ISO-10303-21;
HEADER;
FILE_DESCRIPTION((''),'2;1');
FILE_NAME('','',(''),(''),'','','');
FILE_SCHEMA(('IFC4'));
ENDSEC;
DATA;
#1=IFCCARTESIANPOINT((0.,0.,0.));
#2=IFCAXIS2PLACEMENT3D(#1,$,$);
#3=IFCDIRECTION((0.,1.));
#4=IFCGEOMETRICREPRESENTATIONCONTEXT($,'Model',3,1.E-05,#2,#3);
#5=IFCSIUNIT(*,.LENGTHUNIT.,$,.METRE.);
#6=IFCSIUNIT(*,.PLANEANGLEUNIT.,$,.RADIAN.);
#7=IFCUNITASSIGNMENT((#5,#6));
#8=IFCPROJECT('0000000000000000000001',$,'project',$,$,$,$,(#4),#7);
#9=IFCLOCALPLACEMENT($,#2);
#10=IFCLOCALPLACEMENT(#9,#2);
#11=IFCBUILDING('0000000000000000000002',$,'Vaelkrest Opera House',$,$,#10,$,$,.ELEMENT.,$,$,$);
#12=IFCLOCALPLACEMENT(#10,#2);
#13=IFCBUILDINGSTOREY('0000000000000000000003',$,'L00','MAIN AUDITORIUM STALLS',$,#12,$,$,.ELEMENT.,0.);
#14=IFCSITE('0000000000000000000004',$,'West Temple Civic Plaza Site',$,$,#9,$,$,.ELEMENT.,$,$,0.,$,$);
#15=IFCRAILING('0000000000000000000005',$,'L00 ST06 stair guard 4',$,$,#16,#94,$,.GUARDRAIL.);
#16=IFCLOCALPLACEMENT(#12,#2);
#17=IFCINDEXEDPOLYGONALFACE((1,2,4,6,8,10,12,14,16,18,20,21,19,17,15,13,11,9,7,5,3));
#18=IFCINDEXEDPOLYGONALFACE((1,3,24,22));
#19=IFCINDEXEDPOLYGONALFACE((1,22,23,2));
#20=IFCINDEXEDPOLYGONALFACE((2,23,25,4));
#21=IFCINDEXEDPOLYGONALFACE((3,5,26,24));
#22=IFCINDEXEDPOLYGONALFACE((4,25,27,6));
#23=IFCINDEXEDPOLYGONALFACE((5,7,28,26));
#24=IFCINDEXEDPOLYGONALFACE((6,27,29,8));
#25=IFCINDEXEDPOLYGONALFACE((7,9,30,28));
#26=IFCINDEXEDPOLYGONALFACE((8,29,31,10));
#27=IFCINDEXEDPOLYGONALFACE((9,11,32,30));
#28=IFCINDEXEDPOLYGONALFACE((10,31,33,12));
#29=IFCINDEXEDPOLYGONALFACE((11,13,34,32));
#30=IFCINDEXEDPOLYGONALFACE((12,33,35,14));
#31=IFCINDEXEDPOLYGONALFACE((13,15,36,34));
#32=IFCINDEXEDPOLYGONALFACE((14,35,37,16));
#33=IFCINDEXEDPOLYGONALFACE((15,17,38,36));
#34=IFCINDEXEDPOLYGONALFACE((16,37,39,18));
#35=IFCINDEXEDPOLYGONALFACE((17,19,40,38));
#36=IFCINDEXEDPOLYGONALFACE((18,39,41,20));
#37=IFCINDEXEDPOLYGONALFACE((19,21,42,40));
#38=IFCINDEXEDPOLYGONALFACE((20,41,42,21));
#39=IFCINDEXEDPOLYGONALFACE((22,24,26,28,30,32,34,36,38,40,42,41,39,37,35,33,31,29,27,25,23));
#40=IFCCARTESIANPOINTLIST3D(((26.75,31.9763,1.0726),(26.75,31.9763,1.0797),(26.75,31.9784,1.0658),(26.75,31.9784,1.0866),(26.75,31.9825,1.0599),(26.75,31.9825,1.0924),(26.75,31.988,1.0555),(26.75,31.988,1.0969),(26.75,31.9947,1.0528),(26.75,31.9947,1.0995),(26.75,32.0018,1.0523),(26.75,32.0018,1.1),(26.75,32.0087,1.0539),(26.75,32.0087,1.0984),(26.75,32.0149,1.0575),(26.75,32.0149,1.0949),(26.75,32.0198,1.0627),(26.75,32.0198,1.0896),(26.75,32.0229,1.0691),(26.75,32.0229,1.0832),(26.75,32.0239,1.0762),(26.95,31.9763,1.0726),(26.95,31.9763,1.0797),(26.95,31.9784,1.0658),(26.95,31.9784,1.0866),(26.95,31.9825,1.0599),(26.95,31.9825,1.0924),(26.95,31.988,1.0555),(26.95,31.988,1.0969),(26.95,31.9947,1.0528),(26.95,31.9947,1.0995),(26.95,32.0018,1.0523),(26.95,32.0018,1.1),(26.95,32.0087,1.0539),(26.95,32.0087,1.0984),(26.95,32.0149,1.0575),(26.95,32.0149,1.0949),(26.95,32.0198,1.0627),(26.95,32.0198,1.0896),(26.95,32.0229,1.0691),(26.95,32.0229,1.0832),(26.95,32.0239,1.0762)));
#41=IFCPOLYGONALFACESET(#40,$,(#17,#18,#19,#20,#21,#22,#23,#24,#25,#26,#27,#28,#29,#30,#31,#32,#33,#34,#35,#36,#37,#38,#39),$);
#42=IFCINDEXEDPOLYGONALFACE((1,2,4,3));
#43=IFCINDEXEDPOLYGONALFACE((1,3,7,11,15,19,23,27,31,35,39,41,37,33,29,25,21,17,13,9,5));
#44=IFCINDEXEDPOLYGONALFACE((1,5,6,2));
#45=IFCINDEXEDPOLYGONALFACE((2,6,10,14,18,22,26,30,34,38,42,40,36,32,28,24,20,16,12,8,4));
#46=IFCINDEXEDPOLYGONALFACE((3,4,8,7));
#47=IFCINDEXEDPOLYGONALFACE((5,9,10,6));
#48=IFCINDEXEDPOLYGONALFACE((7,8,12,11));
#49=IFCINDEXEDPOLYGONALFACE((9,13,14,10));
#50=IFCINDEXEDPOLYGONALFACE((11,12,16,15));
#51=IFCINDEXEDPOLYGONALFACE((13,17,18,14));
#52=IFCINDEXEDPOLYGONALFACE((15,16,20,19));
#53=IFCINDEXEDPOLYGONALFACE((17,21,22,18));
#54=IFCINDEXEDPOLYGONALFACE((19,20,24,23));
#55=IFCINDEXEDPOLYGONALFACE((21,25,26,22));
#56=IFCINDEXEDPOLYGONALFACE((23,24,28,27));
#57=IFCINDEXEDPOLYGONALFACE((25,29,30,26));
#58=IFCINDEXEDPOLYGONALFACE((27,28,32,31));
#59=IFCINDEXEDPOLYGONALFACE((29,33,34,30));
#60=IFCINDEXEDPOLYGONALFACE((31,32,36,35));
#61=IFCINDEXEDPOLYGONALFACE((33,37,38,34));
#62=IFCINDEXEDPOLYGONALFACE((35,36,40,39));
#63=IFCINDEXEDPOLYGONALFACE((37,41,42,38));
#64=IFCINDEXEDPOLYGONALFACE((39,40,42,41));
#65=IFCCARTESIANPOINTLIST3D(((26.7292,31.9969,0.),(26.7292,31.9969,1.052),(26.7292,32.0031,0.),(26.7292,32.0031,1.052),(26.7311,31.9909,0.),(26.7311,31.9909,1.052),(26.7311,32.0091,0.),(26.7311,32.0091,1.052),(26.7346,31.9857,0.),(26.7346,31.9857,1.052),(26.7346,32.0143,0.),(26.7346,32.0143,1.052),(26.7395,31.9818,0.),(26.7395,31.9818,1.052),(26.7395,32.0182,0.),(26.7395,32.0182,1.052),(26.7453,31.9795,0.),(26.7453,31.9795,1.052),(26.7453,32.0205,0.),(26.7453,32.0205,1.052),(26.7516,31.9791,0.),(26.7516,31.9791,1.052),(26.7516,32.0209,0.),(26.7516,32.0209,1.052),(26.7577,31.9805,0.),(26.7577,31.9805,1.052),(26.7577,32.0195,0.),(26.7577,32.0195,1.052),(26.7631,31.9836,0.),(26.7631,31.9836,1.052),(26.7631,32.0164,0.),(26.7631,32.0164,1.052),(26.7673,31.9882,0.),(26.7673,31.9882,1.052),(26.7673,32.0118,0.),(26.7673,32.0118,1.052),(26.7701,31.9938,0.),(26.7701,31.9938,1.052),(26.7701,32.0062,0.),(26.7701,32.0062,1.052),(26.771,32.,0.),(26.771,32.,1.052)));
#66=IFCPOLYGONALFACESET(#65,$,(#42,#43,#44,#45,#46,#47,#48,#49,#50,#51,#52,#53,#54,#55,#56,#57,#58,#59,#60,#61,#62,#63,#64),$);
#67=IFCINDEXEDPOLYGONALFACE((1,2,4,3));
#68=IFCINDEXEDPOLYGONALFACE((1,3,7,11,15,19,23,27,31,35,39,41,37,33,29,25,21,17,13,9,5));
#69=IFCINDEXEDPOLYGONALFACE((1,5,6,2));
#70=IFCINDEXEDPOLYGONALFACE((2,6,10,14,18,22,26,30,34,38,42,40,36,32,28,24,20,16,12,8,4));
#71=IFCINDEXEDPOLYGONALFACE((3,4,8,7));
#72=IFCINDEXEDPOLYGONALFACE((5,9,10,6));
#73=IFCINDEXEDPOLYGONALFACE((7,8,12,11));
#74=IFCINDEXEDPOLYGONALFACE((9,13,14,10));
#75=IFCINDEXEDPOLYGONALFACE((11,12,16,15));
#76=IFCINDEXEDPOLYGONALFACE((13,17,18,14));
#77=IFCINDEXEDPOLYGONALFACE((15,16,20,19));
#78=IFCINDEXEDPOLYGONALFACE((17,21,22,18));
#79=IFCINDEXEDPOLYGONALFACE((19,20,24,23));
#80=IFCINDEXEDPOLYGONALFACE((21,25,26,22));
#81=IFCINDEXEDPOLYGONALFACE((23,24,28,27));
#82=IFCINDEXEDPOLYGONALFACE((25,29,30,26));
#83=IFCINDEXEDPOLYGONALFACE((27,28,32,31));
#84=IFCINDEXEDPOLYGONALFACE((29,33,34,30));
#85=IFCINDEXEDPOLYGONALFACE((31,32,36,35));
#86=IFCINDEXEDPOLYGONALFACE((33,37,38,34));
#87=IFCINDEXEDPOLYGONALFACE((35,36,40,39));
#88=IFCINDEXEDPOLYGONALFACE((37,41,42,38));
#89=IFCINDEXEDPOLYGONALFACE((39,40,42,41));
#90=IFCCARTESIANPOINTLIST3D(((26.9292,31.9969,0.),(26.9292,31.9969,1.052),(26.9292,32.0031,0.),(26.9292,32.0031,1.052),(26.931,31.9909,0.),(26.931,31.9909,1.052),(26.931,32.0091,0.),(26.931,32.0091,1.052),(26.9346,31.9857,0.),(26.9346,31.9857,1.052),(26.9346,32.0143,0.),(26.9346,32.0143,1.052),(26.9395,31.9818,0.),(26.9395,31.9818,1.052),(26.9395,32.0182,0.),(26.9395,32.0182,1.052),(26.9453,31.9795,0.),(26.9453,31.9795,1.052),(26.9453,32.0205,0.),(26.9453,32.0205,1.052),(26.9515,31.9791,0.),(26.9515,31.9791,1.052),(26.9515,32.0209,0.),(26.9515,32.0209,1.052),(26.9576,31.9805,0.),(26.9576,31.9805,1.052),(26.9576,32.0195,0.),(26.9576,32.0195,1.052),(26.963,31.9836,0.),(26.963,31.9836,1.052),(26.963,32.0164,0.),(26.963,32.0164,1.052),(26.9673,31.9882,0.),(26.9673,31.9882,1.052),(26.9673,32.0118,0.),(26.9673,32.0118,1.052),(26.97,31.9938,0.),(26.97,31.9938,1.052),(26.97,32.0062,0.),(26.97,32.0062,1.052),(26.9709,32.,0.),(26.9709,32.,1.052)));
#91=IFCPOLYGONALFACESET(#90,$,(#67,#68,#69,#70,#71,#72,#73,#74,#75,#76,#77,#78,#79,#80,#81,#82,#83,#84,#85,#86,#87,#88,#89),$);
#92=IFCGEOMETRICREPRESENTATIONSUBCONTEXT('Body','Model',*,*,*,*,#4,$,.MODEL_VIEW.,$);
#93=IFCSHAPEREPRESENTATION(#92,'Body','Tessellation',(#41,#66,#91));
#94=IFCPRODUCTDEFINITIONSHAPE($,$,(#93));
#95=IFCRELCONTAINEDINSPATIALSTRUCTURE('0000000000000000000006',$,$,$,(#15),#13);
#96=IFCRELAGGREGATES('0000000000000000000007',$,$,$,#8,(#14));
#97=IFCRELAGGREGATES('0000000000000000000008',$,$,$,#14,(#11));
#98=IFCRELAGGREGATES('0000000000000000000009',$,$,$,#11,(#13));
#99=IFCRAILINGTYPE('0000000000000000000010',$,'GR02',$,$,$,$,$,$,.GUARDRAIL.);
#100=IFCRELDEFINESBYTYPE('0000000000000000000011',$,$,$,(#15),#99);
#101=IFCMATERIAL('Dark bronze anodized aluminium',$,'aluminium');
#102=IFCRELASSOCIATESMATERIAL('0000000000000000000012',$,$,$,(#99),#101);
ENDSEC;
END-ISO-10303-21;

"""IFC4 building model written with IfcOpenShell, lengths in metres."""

from ifc_helpers import new_model, si_unit, direction, frame, origin, origin_2d, place, context, subcontext, project, spatial, circle, extrude, material, type_object, element, save


model = new_model("IFC4")

# Units and contexts
model_context = context("Model", 3, precision=1e-05, world=origin(), true_north=direction((0.0, 1.0)))
body_context = subcontext(model_context, "Body", "Model", "MODEL_VIEW")
ifc_project = project(units=[si_unit("LENGTHUNIT", "METRE"), si_unit("PLANEANGLEUNIT", "RADIAN")], contexts=[model_context])

# Site, building, storey
site_placement = place(None, origin())
site = spatial("IfcSite", under=ifc_project, at=site_placement, Name="West Temple Civic Plaza Site", CompositionType="ELEMENT", RefElevation=0.0)
building_placement = place(site_placement, origin())
building = spatial("IfcBuilding", under=site, at=building_placement, Name="Vaelkrest Opera House", CompositionType="ELEMENT")
storey_placement = place(building_placement, origin())
storey = spatial("IfcBuildingStorey", under=building, at=storey_placement, Name="L00", Description="MAIN AUDITORIUM STALLS", CompositionType="ELEMENT", Elevation=0.0)

# Railing
ifc_material_1 = material(Name="Dark bronze anodized aluminium", Category="aluminium")
railing_type_1 = type_object("IfcRailingType", Name="GR02", PredefinedType="GUARDRAIL", material=ifc_material_1)
railing_1_placement = place(storey_placement, frame((26.75, 32.0, 0.0)))
element("IfcRailing", 1, at=railing_1_placement, inside=storey, type_object=railing_type_1, Name="L00 ST06 stair guard 4", PredefinedType="GUARDRAIL", context=body_context, shape_type="SweptSolid", body=[
    extrude(circle(Radius=0.0239, at=origin_2d()), frame((0.0, 0.0, 1.0762), z_axis=(1.0, 0.0, 0.0), x_axis=(0.0, 1.0, 0.0)), (0.0, 0.0, 1.0), 0.2),
    extrude(circle(Radius=0.021, at=origin_2d()), origin(), (0.0, 0.0, 1.0), 1.052),
    extrude(circle(Radius=0.021, at=origin_2d()), frame((0.2, 0.0, 0.0)), (0.0, 0.0, 1.0), 1.052),
])

save(model, "model.ifc")
